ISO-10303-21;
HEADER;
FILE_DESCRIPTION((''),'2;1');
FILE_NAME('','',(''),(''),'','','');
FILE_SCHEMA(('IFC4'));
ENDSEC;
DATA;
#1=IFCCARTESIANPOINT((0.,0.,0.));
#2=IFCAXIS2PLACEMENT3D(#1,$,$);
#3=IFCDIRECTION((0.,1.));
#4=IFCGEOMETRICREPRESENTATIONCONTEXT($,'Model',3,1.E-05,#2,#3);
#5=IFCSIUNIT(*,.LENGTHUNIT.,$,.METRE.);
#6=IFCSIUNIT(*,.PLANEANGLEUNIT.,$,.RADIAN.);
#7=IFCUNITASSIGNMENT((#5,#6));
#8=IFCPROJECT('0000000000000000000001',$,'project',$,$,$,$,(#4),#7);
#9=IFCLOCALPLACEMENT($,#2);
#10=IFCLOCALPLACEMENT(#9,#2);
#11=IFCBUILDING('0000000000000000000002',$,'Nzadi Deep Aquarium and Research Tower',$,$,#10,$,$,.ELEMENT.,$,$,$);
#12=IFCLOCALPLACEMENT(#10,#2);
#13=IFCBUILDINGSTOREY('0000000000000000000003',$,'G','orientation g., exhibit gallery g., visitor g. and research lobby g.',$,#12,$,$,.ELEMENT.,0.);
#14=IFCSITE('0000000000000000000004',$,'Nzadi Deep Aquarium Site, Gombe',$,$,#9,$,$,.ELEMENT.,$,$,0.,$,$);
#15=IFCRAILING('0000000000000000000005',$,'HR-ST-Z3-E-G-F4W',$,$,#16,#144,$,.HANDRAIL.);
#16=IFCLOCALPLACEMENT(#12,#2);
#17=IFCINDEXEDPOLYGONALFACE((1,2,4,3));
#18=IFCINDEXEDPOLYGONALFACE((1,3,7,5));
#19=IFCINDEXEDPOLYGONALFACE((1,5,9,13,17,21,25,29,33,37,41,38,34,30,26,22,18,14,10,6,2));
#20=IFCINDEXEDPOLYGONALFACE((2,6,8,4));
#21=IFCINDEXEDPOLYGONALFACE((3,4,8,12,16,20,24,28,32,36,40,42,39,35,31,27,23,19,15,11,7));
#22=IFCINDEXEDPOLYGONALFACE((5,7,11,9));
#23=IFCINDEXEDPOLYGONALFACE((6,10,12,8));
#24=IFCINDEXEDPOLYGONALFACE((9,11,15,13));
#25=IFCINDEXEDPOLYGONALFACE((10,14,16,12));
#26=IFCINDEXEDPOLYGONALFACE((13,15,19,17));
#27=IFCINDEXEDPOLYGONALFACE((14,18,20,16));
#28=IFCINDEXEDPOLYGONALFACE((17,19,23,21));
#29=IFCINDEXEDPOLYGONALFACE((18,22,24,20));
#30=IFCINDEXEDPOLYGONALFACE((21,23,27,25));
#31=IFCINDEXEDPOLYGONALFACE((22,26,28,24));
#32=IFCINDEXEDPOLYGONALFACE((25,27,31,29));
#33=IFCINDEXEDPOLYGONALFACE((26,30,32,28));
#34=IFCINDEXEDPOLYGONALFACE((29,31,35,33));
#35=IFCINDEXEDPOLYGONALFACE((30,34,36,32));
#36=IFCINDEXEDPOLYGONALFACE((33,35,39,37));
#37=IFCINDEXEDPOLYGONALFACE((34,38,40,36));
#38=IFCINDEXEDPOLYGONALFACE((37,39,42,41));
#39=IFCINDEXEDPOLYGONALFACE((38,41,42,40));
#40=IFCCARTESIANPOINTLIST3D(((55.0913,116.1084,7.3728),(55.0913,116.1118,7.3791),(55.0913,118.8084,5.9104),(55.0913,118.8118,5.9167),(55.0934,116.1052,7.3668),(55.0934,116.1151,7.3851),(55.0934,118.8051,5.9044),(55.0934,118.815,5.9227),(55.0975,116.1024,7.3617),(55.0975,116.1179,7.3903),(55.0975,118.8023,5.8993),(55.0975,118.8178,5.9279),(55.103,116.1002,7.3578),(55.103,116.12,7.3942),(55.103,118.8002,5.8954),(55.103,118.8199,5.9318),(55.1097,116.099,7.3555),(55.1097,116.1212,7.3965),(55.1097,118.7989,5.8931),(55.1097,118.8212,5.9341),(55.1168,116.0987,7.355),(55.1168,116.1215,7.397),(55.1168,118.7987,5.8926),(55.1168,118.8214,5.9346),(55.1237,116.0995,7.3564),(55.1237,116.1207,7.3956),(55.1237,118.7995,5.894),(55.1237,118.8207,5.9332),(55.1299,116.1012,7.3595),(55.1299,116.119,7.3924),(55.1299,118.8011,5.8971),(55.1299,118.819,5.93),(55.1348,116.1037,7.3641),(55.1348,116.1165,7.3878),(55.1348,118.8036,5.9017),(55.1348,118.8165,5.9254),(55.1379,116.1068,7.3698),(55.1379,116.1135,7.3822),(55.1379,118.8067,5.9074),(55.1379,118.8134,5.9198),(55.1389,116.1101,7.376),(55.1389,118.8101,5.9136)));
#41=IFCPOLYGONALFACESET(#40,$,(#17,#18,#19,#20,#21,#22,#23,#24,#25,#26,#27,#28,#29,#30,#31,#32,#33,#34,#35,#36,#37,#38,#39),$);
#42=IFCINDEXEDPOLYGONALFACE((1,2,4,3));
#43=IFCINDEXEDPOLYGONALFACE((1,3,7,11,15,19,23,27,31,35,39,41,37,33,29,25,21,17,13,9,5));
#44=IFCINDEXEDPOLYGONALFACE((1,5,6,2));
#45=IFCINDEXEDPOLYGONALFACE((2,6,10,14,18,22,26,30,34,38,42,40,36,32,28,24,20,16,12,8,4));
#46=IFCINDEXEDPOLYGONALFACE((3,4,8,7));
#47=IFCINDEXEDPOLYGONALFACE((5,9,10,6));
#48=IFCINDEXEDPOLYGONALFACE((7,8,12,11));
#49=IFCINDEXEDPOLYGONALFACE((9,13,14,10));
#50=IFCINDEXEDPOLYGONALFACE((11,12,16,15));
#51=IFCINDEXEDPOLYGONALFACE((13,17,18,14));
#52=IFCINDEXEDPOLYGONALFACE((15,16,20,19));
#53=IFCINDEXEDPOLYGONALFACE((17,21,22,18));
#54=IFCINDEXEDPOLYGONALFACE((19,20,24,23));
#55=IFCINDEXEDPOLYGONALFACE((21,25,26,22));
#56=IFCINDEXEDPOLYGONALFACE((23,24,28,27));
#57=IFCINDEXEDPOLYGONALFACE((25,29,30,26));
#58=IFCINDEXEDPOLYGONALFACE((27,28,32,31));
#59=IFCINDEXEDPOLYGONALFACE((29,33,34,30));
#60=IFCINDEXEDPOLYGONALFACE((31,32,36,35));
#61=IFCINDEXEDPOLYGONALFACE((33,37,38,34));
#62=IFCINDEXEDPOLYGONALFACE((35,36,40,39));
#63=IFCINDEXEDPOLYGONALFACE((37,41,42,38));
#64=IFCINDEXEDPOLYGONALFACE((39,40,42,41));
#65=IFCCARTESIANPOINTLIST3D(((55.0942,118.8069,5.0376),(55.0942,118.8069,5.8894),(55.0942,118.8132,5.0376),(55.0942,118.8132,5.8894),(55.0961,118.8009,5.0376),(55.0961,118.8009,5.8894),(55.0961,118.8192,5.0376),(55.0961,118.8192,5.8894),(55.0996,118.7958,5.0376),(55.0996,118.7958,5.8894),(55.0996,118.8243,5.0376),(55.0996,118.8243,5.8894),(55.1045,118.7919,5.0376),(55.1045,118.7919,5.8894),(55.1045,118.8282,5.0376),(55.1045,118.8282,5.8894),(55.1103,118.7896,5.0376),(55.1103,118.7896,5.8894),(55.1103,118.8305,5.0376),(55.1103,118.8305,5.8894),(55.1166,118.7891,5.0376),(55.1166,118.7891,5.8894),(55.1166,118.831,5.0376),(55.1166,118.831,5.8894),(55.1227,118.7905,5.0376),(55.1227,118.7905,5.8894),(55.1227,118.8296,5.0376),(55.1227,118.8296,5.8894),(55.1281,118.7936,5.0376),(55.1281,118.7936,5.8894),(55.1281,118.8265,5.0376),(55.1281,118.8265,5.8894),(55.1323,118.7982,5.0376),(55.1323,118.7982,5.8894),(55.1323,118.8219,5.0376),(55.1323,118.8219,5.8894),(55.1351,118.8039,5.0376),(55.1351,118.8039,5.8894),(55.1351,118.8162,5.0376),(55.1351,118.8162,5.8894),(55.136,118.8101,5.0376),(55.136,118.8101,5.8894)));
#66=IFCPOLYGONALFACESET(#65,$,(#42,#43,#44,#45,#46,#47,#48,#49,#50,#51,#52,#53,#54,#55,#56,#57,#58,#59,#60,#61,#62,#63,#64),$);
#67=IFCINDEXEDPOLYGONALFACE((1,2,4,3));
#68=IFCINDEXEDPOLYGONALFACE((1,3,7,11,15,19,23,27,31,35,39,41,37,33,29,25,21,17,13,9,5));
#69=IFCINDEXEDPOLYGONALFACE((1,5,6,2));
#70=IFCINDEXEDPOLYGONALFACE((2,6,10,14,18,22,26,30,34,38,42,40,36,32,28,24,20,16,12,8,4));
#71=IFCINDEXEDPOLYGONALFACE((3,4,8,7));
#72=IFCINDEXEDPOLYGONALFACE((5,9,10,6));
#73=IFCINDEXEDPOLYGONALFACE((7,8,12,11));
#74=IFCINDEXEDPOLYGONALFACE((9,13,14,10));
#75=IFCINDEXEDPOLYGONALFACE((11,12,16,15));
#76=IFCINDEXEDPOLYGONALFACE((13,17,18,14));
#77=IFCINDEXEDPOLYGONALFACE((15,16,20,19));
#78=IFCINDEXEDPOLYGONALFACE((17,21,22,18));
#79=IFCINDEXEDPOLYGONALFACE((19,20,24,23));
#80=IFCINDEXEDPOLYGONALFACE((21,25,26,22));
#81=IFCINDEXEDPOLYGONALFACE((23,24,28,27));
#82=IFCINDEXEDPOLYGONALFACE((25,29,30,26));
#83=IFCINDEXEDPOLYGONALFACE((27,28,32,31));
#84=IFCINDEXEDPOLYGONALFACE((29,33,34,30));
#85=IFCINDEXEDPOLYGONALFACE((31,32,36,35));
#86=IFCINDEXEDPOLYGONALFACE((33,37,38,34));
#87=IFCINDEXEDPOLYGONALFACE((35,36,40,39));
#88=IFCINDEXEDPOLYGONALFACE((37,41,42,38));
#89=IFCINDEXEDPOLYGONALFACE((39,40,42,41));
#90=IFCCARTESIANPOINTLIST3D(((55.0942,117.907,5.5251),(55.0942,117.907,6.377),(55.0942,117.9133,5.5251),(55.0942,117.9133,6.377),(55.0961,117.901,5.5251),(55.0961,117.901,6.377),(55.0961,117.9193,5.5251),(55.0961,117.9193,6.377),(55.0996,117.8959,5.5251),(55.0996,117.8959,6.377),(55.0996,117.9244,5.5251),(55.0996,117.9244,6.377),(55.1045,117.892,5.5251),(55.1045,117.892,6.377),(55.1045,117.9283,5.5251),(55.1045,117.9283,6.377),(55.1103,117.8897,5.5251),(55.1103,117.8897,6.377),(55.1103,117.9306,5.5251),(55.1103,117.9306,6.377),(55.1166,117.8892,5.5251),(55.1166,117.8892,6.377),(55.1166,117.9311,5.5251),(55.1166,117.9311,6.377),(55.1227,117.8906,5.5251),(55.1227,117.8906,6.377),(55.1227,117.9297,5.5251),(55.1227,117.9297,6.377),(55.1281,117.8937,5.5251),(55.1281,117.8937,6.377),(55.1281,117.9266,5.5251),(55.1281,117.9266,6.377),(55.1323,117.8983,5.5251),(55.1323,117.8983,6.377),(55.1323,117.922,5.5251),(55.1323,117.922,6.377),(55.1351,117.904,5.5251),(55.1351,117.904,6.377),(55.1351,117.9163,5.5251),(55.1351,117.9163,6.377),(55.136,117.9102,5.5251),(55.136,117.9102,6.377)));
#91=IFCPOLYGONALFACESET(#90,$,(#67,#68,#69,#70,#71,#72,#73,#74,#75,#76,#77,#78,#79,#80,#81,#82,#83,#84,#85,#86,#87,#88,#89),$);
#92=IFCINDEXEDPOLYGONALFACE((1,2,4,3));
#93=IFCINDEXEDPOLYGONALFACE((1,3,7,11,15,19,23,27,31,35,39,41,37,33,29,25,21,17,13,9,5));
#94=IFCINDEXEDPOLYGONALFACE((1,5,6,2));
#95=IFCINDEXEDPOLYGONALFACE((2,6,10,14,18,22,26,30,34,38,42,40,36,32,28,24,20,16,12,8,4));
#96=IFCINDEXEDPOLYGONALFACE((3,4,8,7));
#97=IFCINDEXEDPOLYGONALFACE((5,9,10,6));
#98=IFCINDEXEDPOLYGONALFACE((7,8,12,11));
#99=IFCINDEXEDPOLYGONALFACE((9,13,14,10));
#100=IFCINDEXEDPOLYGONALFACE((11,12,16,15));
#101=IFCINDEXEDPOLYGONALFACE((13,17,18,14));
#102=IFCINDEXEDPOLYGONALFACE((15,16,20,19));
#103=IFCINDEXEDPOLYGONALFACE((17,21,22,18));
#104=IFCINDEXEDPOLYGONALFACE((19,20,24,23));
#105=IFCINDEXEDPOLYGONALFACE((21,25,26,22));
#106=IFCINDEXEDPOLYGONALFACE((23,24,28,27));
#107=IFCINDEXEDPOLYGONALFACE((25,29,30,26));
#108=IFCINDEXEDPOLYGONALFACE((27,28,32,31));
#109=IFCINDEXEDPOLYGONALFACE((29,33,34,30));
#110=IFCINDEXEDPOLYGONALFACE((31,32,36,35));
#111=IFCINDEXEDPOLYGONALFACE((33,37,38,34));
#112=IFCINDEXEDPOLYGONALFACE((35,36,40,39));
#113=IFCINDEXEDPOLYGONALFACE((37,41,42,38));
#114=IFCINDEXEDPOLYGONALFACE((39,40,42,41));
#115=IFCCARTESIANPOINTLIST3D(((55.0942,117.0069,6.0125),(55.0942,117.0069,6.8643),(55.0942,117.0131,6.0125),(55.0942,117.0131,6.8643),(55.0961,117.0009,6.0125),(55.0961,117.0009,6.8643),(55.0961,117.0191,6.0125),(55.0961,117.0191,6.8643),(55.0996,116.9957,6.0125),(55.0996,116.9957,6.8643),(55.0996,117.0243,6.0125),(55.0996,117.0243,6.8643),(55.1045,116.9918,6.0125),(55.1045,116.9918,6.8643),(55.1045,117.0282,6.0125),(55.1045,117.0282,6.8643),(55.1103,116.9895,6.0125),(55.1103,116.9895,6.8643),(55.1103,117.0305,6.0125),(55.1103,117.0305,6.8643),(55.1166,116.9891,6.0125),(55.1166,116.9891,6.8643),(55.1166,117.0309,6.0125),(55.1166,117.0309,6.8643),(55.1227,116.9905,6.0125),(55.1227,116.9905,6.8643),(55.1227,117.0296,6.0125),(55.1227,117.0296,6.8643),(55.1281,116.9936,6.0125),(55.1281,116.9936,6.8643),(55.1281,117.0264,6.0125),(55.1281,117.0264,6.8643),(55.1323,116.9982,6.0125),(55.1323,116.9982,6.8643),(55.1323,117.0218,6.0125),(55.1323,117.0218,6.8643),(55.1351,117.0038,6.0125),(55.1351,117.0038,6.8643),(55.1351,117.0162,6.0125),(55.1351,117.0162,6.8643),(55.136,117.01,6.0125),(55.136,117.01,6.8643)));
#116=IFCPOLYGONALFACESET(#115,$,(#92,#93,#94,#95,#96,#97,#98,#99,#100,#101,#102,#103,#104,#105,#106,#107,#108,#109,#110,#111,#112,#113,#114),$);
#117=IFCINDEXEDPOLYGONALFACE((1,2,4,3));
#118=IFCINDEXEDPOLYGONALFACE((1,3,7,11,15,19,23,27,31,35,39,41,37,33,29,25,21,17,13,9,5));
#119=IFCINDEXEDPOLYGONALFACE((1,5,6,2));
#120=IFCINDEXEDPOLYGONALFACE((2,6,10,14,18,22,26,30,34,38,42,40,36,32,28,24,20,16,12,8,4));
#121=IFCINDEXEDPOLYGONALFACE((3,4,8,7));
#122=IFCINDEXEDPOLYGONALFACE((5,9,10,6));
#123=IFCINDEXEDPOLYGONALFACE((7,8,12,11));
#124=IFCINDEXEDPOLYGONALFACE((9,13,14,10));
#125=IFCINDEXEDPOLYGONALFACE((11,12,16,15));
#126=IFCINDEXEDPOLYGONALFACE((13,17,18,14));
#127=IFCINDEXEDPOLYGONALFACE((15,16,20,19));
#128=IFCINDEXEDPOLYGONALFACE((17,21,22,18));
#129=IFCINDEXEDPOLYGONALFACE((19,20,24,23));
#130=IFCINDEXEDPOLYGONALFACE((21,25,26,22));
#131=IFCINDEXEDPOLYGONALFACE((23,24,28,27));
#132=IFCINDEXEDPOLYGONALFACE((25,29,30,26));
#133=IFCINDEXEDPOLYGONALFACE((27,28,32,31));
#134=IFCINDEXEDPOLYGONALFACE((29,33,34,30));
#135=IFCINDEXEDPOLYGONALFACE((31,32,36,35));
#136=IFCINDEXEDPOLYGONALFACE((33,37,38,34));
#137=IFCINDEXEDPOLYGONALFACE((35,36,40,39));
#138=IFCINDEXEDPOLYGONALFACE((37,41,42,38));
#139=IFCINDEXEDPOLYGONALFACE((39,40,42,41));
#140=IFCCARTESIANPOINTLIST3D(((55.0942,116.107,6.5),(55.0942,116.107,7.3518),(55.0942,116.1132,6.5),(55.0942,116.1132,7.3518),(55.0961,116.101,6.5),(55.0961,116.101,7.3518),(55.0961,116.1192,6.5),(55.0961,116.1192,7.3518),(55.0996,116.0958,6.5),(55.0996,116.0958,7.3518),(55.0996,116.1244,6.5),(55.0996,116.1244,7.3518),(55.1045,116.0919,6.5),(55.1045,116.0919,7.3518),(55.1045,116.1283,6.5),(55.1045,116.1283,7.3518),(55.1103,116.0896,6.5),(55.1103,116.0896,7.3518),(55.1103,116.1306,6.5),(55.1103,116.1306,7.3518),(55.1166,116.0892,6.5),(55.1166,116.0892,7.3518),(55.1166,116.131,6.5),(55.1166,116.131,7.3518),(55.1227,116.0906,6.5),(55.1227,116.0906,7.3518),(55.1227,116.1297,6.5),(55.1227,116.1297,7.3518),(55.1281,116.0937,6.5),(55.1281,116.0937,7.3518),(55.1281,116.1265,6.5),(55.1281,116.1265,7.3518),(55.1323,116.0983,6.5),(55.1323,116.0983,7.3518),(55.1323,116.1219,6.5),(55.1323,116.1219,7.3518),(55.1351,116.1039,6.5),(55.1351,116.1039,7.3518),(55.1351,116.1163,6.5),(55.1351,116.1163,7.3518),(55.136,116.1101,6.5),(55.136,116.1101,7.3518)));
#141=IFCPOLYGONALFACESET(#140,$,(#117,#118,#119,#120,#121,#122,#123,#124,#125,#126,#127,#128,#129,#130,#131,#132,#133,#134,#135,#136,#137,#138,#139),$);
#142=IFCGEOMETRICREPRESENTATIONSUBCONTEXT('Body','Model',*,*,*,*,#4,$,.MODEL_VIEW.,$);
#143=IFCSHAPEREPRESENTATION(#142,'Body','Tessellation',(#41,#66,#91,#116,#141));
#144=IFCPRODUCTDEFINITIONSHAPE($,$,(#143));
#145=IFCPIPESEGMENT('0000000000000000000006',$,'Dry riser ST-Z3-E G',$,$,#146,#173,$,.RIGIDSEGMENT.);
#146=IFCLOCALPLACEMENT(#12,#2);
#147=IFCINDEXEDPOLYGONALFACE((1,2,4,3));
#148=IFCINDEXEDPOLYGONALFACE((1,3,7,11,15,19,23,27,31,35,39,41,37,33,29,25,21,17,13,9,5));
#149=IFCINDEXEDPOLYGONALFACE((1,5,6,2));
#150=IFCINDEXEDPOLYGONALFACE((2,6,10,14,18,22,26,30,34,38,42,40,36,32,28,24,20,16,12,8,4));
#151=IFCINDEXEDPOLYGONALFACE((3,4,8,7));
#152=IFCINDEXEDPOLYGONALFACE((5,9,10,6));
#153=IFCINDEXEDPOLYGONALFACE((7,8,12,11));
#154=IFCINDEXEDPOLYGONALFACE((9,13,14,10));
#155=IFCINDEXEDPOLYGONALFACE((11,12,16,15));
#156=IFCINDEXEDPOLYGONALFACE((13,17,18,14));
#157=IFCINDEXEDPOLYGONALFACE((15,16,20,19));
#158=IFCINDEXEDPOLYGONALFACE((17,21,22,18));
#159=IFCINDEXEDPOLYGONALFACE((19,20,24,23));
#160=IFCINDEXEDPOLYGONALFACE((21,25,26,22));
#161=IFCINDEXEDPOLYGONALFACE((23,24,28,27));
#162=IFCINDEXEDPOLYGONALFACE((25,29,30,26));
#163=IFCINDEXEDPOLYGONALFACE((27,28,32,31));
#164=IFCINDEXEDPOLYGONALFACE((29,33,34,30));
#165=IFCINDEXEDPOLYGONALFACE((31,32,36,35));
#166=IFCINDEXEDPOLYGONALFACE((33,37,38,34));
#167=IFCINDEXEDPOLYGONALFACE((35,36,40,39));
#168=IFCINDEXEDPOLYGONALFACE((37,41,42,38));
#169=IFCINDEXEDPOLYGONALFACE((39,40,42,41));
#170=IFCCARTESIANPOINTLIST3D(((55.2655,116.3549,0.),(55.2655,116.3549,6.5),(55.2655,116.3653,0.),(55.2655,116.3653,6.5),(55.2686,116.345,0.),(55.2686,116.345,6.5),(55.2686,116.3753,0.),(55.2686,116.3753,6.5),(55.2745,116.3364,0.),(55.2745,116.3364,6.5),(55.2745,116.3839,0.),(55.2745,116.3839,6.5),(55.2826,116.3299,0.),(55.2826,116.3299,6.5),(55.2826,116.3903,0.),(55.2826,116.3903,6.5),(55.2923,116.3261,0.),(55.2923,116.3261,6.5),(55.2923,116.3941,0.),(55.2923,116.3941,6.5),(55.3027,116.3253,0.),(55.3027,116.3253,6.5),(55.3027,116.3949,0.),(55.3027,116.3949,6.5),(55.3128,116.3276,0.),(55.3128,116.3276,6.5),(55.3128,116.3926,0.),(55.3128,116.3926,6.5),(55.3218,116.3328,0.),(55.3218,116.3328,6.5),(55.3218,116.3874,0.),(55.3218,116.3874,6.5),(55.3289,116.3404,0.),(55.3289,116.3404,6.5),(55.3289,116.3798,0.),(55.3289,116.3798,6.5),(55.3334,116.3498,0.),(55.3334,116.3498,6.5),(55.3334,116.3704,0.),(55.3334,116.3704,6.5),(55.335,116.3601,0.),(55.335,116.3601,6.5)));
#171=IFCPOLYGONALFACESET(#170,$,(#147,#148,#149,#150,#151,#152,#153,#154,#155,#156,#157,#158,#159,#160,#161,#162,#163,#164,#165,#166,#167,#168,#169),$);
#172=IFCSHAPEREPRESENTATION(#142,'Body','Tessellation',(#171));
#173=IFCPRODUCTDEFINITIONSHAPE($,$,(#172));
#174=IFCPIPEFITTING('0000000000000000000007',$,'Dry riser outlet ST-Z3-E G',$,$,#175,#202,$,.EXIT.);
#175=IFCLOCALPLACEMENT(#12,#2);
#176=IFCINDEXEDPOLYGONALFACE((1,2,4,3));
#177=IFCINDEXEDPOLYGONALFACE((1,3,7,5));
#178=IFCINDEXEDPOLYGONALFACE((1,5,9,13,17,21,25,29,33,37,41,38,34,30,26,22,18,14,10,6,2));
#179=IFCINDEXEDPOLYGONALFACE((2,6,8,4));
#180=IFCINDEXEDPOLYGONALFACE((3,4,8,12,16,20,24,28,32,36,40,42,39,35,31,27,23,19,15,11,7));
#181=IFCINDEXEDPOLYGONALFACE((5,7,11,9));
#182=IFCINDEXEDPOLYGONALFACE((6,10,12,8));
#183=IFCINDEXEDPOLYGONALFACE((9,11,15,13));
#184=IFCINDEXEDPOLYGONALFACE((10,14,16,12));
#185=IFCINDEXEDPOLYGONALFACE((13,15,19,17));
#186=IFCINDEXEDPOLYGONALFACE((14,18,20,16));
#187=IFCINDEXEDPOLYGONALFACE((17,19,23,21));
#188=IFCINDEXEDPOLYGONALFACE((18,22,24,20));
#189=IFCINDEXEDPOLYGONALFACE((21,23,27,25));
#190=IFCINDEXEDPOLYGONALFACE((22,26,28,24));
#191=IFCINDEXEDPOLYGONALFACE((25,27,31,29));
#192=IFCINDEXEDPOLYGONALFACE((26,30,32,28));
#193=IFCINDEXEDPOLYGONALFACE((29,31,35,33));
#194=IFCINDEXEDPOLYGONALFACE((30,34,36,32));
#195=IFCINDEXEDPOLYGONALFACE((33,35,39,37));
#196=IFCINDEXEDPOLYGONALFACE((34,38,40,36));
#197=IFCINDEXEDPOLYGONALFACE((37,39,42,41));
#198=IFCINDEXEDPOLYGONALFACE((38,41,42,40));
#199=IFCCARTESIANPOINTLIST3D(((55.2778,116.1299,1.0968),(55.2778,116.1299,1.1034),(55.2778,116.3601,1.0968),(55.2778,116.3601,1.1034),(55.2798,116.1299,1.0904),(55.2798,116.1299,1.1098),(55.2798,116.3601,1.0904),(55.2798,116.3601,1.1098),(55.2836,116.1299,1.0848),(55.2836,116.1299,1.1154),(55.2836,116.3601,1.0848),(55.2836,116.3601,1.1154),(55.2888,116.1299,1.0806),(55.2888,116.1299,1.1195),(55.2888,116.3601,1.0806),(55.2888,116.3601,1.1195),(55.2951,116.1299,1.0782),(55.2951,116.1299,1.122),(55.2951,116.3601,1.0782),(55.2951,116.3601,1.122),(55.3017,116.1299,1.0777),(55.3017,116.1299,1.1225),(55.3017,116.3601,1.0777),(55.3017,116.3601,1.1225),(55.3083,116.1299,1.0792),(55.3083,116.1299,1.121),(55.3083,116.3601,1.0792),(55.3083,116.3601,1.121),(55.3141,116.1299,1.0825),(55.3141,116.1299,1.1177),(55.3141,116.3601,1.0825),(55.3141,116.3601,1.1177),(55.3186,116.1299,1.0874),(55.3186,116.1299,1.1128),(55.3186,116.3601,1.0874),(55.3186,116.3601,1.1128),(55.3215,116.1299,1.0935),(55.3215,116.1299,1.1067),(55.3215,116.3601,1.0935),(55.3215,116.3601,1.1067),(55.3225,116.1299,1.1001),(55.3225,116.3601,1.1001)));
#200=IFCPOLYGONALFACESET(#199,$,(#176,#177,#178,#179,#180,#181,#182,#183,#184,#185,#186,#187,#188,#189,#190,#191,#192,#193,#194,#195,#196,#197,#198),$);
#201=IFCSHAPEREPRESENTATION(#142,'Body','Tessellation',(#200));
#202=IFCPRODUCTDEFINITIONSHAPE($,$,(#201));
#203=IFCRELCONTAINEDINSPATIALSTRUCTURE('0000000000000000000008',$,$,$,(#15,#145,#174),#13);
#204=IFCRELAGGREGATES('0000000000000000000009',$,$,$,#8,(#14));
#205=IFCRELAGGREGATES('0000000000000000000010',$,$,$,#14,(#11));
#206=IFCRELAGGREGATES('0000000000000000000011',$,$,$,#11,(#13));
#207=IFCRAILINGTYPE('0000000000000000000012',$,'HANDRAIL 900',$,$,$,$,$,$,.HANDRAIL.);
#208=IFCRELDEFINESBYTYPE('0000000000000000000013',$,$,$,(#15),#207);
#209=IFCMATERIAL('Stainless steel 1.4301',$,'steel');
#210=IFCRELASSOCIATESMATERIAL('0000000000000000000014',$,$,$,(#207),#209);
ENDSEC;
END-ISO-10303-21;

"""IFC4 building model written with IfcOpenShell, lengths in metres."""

from ifc_helpers import new_model, si_unit, direction, frame, origin, origin_2d, place, context, subcontext, project, spatial, circle, extrude, material, type_object, element, save


model = new_model("IFC4")

# Units and contexts
model_context = context("Model", 3, precision=1e-05, world=origin(), true_north=direction((0.0, 1.0)))
body_context = subcontext(model_context, "Body", "Model", "MODEL_VIEW")
ifc_project = project(units=[si_unit("LENGTHUNIT", "METRE"), si_unit("PLANEANGLEUNIT", "RADIAN")], contexts=[model_context])

# Site, building, storey
site_placement = place(None, origin())
site = spatial("IfcSite", under=ifc_project, at=site_placement, Name="Nzadi Deep Aquarium Site, Gombe", CompositionType="ELEMENT", RefElevation=0.0)
building_placement = place(site_placement, origin())
building = spatial("IfcBuilding", under=site, at=building_placement, Name="Nzadi Deep Aquarium and Research Tower", CompositionType="ELEMENT")
storey_placement = place(building_placement, origin())
storey = spatial("IfcBuildingStorey", under=building, at=storey_placement, Name="G", Description="orientation g., exhibit gallery g., visitor g. and research lobby g.", CompositionType="ELEMENT", Elevation=0.0)

# Railing
ifc_material_1 = material(Name="Stainless steel 1.4301", Category="steel")
railing_type = type_object("IfcRailingType", Name="HANDRAIL 900", PredefinedType="HANDRAIL", material=ifc_material_1)
for number, where, name in (
    (1, (55.115, 118.8101, 5.0376), "HR-ST-Z3-E-G-F4W"),
):
    element("IfcRailing", number, at=place(storey_placement, frame(where)), inside=storey, type_object=railing_type, Name=name, PredefinedType="HANDRAIL", context=body_context, shape_type="SweptSolid", body=[
        extrude(circle(Radius=0.0239, at=origin_2d()), frame((0.0, 0.0, 0.876), z_axis=(0.0, -0.879302, 0.476265), x_axis=(1.0, 0.0, 0.0)), (0.0, 0.0, 1.0), 3.0706),
        extrude(circle(Radius=0.021, at=origin_2d()), origin(), (0.0, 0.0, 1.0), 0.8518),
        extrude(circle(Radius=0.021, at=origin_2d()), frame((0.0, -0.8999, 0.4875)), (0.0, 0.0, 1.0), 0.8518),
        extrude(circle(Radius=0.021, at=origin_2d()), frame((0.0, -1.8, 0.9749)), (0.0, 0.0, 1.0), 0.8518),
        extrude(circle(Radius=0.021, at=origin_2d()), frame((0.0, -2.7, 1.4624)), (0.0, 0.0, 1.0), 0.8518),
    ])

# Pipe segment
pipe_segment_placement = place(storey_placement, frame((55.3, 116.3601, 0.0), z_axis=(0.0, 0.0, 1.0), x_axis=(1.0, 0.0, 0.0)))
element("IfcPipeSegment", 2, at=pipe_segment_placement, inside=storey, Name="Dry riser ST-Z3-E G", PredefinedType="RIGIDSEGMENT", context=body_context, shape_type="SweptSolid", body=[
    extrude(circle(Radius=0.0349, at=origin_2d()), origin(), (0.0, 0.0, 1.0), 6.5),
])

# Pipe fitting
pipe_fitting_placement = place(storey_placement, frame((55.3, 116.3601, 1.1001), z_axis=(0.0, -1.0, 0.0), x_axis=(1.0, 0.0, 0.0)))
element("IfcPipeFitting", 3, at=pipe_fitting_placement, inside=storey, Name="Dry riser outlet ST-Z3-E G", PredefinedType="EXIT", context=body_context, shape_type="SweptSolid", body=[
    extrude(circle(Radius=0.0225, at=origin_2d()), origin(), (0.0, 0.0, 1.0), 0.2302),
])

save(model, "model.ifc")
